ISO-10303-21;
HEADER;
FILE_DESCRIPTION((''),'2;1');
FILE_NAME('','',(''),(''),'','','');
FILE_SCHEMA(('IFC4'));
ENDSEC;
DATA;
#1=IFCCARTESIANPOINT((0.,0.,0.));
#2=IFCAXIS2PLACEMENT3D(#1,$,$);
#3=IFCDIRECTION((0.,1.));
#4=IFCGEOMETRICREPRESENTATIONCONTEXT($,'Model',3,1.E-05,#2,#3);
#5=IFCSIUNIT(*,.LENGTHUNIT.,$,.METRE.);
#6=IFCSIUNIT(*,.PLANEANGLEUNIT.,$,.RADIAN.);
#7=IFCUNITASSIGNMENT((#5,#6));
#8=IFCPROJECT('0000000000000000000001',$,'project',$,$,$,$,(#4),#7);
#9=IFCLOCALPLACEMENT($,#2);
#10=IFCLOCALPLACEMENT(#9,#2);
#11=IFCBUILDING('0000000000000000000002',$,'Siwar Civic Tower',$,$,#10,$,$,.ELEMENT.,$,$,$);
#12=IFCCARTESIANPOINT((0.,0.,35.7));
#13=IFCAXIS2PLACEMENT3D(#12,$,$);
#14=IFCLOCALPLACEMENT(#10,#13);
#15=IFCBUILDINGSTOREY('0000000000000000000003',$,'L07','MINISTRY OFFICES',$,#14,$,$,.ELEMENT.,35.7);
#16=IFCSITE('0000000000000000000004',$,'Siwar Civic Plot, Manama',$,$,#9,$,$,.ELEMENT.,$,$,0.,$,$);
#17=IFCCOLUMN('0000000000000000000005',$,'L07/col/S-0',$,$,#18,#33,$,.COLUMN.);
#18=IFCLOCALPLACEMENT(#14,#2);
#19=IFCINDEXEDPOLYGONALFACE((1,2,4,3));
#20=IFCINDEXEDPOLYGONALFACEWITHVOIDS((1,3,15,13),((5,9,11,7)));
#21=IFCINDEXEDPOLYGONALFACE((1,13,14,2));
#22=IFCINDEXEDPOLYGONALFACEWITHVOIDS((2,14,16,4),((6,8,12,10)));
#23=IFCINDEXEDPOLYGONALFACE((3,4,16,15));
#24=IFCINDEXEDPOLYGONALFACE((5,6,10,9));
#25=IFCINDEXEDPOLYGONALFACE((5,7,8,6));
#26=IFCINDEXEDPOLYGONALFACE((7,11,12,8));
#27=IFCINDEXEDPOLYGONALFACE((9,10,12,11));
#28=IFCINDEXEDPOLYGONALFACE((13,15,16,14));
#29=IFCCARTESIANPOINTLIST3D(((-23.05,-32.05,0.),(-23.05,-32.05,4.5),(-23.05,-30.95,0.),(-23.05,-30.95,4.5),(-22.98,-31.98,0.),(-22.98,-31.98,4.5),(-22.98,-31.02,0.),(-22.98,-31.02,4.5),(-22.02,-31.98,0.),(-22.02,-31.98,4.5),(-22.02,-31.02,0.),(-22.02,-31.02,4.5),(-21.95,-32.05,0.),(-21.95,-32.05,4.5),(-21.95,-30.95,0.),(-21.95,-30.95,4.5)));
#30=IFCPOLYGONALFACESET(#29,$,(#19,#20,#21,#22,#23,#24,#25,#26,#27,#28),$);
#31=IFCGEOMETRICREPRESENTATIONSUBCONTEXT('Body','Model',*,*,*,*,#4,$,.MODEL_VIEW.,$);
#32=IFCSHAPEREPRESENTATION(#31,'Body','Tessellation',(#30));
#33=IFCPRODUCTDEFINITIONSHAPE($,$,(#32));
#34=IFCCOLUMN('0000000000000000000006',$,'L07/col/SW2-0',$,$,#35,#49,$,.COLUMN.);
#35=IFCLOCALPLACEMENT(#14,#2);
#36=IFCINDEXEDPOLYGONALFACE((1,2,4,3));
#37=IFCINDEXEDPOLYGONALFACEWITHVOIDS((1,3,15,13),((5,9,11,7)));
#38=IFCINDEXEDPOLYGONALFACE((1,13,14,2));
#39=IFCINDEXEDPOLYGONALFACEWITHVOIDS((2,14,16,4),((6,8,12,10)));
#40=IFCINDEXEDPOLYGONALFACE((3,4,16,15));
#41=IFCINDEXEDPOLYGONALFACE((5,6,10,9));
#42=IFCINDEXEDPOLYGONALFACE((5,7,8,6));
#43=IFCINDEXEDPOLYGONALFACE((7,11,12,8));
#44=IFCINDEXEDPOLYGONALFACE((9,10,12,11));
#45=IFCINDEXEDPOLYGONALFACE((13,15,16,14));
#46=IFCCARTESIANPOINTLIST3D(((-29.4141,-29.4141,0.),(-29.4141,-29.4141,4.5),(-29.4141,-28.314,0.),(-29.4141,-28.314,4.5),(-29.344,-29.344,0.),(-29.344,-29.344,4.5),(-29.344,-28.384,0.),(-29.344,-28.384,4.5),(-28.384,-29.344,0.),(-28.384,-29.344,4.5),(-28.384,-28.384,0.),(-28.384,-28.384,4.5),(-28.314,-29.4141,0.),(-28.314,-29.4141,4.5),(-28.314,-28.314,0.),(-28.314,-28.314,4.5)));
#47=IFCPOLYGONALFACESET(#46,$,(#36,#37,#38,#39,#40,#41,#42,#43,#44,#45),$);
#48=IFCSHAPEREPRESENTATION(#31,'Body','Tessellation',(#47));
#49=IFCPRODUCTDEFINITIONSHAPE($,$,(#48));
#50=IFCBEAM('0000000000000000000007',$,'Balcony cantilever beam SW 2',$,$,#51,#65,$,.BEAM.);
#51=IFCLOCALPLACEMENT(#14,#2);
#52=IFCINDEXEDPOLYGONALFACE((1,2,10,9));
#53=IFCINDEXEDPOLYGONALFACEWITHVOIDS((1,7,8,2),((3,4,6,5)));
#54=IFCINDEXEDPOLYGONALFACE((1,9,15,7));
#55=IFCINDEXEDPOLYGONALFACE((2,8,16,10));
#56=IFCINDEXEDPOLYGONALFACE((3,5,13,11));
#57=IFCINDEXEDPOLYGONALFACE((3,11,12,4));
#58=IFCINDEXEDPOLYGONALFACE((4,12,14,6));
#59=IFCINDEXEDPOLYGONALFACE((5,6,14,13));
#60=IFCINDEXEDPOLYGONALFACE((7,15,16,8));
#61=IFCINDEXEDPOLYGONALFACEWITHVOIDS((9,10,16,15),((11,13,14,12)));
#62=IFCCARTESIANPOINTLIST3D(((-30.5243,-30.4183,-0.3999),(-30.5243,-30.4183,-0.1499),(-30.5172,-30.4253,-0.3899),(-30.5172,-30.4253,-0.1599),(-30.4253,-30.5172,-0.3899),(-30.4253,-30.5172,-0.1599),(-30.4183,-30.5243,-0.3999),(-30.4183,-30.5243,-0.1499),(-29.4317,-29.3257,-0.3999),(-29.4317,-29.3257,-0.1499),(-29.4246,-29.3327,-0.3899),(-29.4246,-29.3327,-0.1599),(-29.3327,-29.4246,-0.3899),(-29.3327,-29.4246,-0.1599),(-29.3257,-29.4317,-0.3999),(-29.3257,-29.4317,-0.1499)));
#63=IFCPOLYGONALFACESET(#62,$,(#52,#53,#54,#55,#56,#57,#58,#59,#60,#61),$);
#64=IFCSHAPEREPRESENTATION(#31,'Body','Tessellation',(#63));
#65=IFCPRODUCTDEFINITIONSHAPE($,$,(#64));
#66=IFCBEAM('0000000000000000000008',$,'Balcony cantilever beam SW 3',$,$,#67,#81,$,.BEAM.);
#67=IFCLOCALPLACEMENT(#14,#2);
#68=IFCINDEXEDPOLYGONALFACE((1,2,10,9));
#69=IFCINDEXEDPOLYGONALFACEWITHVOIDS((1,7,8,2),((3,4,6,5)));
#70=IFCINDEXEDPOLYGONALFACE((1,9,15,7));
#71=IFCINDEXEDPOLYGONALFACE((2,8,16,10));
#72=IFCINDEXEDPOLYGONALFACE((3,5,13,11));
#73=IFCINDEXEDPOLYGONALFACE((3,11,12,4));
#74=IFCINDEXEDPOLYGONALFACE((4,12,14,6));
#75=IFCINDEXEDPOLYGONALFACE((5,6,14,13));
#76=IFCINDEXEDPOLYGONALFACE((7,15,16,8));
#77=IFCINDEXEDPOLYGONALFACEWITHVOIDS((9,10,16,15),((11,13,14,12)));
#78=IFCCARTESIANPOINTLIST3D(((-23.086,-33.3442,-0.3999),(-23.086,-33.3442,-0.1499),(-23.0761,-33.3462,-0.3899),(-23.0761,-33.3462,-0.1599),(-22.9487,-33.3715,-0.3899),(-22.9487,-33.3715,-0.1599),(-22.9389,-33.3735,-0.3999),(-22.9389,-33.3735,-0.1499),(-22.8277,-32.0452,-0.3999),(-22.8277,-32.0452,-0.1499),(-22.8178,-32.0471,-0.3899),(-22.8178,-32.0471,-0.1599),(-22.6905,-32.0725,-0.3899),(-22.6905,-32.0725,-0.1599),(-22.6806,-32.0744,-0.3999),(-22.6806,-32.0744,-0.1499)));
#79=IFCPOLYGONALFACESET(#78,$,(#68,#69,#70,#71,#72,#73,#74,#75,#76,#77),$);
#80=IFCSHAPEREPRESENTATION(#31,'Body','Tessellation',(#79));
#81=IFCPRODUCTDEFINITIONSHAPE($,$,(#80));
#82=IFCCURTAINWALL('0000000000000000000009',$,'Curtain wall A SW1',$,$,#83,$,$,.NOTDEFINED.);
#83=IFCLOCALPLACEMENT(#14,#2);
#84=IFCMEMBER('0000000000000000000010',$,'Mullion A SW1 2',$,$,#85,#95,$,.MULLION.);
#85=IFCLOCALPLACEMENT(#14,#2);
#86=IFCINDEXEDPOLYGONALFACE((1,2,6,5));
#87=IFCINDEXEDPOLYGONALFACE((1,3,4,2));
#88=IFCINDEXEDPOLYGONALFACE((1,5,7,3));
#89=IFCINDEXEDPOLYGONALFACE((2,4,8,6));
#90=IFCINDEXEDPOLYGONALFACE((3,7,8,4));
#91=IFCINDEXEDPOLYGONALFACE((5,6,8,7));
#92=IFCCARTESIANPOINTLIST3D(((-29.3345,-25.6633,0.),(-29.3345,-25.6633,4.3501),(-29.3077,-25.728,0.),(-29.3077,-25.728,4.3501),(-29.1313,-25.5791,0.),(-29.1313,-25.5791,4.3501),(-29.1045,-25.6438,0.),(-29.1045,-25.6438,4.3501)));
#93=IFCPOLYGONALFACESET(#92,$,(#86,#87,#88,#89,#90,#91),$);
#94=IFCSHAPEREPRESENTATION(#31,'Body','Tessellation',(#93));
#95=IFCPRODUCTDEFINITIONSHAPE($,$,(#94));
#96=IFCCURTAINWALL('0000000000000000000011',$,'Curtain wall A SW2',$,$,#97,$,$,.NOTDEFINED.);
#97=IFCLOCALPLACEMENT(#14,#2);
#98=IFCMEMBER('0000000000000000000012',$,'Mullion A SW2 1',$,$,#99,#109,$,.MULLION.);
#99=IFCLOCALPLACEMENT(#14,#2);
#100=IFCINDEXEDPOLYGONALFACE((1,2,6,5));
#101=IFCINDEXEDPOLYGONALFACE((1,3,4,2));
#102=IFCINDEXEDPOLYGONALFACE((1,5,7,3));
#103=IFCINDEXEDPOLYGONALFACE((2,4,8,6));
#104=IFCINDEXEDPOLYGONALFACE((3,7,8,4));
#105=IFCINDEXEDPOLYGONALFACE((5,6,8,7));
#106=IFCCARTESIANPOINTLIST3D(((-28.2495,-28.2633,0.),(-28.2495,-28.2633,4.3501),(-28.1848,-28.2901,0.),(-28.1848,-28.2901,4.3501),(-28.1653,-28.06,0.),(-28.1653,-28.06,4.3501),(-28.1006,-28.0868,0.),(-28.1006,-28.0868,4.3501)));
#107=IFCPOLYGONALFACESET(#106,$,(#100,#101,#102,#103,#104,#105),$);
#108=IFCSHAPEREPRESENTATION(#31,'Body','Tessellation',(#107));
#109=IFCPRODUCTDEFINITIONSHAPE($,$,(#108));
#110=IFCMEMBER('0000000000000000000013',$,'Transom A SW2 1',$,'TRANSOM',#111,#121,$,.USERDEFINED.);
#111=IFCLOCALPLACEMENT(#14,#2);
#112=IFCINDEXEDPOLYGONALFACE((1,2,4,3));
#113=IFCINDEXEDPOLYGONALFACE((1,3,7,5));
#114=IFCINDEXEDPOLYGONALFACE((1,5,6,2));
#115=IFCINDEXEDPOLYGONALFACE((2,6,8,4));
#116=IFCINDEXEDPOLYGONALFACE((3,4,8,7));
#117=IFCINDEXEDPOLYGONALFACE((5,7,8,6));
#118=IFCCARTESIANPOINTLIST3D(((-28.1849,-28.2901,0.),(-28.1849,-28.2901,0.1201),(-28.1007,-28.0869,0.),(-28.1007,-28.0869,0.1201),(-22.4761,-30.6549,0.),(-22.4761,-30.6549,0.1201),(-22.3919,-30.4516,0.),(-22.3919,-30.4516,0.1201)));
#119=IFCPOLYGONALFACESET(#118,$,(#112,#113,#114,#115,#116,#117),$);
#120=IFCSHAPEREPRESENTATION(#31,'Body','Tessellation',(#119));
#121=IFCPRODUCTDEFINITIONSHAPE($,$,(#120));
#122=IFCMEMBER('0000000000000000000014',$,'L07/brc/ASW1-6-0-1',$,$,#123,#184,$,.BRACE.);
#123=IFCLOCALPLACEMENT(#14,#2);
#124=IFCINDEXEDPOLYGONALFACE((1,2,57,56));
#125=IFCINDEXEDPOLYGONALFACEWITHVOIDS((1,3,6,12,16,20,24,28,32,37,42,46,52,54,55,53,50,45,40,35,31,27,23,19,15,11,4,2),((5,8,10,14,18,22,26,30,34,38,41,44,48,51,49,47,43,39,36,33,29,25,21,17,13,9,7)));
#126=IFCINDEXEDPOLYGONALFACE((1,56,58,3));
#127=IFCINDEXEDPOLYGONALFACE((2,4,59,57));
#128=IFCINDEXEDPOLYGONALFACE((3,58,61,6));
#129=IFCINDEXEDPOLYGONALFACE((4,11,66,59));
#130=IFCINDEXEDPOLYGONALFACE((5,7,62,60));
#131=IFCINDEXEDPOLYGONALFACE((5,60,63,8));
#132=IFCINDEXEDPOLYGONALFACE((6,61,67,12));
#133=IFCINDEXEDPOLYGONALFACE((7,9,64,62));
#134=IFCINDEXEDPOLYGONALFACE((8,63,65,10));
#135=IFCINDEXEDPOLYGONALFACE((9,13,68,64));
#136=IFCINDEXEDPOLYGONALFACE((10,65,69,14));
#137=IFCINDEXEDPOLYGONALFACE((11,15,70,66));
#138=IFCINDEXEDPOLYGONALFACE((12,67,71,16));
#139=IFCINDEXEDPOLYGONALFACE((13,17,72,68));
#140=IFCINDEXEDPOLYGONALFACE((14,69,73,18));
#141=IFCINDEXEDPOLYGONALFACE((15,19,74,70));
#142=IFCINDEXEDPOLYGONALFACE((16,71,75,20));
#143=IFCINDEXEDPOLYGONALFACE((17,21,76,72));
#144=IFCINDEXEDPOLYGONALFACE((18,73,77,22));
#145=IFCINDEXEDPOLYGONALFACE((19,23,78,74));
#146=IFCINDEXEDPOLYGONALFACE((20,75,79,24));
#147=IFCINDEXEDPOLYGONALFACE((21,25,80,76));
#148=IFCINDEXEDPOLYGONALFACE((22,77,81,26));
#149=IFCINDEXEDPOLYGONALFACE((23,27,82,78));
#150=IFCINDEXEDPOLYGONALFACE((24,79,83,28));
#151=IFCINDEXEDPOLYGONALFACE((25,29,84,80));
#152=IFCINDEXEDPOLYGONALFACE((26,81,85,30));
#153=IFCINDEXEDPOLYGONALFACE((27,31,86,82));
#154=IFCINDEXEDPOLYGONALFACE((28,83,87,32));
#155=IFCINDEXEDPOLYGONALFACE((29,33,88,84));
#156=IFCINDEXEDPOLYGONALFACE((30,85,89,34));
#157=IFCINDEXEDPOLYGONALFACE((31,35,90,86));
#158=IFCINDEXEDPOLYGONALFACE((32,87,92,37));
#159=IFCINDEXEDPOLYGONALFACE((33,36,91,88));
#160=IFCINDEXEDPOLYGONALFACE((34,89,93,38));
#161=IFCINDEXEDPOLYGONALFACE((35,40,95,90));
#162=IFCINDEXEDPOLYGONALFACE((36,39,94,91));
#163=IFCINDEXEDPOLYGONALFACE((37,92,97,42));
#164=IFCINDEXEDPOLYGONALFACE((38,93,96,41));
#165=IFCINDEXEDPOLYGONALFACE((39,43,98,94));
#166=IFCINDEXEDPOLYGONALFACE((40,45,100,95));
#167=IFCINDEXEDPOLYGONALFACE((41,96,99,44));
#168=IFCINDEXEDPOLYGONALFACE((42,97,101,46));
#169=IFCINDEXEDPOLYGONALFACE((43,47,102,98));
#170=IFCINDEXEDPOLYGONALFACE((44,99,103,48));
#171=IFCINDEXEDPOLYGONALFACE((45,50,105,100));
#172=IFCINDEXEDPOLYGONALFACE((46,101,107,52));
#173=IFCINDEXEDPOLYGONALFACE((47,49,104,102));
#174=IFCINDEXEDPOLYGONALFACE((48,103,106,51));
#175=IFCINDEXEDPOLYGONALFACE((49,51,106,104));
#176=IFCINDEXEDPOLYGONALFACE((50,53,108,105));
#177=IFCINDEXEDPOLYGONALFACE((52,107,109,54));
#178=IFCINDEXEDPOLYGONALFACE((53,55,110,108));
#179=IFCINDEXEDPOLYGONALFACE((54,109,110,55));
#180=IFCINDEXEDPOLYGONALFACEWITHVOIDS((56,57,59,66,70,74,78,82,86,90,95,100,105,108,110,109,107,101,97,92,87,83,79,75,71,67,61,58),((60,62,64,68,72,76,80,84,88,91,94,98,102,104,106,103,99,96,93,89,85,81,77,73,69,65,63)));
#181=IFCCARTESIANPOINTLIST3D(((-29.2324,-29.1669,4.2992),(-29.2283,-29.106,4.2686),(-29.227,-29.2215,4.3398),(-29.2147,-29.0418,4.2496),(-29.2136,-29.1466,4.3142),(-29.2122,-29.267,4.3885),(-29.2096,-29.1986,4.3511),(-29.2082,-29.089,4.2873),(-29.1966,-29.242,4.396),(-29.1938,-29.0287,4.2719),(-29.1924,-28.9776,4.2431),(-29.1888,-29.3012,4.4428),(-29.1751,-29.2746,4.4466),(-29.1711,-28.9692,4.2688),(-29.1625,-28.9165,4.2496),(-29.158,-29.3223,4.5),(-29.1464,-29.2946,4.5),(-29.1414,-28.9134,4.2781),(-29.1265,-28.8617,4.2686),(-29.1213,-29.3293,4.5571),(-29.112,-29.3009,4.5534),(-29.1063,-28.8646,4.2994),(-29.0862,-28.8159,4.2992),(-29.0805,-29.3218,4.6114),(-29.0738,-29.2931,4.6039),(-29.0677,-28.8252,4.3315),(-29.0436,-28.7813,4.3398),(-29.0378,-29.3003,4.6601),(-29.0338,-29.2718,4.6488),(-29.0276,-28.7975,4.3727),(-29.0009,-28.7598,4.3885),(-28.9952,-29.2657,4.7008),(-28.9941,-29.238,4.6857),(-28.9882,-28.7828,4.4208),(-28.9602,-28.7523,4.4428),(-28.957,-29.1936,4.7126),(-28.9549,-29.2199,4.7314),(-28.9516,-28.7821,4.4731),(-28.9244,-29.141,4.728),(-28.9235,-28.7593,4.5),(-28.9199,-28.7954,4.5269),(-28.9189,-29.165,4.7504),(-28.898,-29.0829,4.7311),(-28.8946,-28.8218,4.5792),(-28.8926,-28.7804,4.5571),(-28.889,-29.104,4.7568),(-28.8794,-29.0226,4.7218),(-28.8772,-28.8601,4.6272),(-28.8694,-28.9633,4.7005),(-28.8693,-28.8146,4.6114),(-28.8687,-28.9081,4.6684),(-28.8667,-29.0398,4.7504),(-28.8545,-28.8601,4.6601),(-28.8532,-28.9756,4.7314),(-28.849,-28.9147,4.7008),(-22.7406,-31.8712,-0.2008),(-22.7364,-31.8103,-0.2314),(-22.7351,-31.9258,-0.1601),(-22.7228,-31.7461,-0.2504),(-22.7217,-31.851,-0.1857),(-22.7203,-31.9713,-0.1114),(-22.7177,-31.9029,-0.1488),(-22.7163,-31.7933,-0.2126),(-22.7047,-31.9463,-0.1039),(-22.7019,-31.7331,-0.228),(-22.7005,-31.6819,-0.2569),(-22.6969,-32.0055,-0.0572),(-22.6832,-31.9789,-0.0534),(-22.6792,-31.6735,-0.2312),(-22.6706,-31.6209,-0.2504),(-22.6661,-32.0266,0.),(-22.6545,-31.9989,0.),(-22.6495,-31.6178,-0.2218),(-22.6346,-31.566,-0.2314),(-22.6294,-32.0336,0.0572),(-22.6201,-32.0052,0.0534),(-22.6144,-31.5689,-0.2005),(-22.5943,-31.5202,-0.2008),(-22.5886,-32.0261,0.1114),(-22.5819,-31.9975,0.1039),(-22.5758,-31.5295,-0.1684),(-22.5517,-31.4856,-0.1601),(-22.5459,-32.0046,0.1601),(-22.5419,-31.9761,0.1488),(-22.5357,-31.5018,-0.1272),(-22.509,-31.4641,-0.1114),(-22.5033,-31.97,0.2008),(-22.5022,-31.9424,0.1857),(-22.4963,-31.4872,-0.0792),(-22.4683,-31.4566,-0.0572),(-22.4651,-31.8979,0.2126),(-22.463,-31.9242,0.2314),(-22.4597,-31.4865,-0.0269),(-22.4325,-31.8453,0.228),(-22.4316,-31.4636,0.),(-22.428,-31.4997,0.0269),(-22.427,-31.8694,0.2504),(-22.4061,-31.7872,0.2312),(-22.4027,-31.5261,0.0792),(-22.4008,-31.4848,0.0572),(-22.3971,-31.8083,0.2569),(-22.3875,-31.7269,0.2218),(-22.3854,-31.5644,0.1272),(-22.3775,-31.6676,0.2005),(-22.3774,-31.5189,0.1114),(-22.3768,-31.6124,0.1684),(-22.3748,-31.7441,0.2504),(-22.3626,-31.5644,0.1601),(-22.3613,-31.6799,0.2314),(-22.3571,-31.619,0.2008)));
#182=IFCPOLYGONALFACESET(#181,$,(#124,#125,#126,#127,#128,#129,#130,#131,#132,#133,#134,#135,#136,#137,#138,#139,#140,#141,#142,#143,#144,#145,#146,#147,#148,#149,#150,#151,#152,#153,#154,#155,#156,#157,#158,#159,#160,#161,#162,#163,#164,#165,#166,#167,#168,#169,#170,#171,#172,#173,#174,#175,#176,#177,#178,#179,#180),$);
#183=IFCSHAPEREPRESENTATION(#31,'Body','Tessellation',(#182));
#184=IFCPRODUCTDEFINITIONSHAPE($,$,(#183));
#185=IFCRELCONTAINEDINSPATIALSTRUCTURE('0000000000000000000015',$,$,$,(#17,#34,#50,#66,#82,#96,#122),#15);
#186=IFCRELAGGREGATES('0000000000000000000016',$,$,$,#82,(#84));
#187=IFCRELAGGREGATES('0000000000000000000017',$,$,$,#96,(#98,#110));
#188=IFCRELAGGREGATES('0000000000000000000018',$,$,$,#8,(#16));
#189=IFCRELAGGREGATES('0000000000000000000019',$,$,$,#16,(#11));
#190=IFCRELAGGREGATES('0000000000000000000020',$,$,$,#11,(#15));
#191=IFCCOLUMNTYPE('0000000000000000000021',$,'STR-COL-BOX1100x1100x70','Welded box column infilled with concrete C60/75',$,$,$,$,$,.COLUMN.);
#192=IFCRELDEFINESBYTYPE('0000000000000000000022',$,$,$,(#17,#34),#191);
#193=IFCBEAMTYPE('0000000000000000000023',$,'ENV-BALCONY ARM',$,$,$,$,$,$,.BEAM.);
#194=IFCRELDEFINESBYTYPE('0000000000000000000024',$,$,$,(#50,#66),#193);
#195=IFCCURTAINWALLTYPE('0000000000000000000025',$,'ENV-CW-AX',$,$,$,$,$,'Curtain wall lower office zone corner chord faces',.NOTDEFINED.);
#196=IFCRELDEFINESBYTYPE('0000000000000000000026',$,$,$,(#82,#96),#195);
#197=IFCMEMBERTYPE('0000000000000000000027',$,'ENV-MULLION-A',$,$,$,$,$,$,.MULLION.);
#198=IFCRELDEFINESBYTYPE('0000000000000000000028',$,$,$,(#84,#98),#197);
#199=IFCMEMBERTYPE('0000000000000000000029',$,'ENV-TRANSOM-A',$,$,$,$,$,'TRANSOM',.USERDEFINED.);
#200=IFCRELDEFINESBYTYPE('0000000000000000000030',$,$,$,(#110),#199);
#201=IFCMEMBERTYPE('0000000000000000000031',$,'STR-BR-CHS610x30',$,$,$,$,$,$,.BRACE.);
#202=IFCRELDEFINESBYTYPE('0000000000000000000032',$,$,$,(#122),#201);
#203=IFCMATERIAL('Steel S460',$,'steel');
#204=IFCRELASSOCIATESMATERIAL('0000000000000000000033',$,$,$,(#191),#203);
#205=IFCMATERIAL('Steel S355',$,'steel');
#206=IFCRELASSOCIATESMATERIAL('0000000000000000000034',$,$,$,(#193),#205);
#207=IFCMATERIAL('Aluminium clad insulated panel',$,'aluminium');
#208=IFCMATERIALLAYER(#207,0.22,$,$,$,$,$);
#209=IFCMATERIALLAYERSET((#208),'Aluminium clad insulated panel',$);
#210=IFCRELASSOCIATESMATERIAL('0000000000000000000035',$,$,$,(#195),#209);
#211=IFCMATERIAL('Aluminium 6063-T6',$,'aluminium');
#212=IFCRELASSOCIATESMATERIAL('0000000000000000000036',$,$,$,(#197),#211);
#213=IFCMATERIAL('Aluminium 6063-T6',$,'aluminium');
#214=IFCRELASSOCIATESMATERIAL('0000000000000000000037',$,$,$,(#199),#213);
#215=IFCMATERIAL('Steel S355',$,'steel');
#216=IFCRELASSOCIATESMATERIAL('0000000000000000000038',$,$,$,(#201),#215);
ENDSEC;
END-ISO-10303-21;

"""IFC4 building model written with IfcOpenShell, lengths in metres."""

from ifc_helpers import new_model, si_unit, direction, frame, origin, origin_2d, place, context, subcontext, project, spatial, rectangle, hollow_rectangle, hollow_circle, extrude, material, layer, layer_set, material_profile, profile_set, type_object, element, aggregate, save


model = new_model("IFC4")

# Units and contexts
model_context = context("Model", 3, precision=1e-05, world=origin(), true_north=direction((0.0, 1.0)))
body_context = subcontext(model_context, "Body", "Model", "MODEL_VIEW")
ifc_project = project(units=[si_unit("LENGTHUNIT", "METRE"), si_unit("PLANEANGLEUNIT", "RADIAN")], contexts=[model_context])

# Site, building, storey
site_placement = place(None, origin())
site = spatial("IfcSite", under=ifc_project, at=site_placement, Name="Siwar Civic Plot, Manama", CompositionType="ELEMENT", RefElevation=0.0)
building_placement = place(site_placement, origin())
building = spatial("IfcBuilding", under=site, at=building_placement, Name="Siwar Civic Tower", CompositionType="ELEMENT")
storey_placement = place(building_placement, frame((0.0, 0.0, 35.7)))
storey = spatial("IfcBuildingStorey", under=building, at=storey_placement, Name="L07", Description="MINISTRY OFFICES", CompositionType="ELEMENT", Elevation=35.7)

# Columns
ifc_material_1 = material(Name="Steel S460", Category="steel")
ifc_material_profile_1 = material_profile(ifc_material_1, hollow_rectangle(XDim=1.1001, YDim=1.1001, WallThickness=0.0701, at=origin_2d()), Name="BOX1100x1100x70")
ifc_profile_set_1 = profile_set([ifc_material_profile_1], Name="Steel S460")
column_type = type_object("IfcColumnType", Name="STR-COL-BOX1100x1100x70", Description="Welded box column infilled with concrete C60/75", PredefinedType="COLUMN", material=ifc_profile_set_1)
for number, where, z_axis, x_axis, name in (
    (1, (-22.5, -31.5, 0.0), (0.0, 0.0, 1.0), (1.0, 0.0, 0.0), "L07/col/S-0"),
    (2, (-28.864, -28.864, 0.0), (0.0, 0.0, 1.0), (1.0, 0.0, 0.0), "L07/col/SW2-0"),
):
    element("IfcColumn", number, at=place(storey_placement, frame(where, z_axis=z_axis, x_axis=x_axis)), inside=storey, type_object=column_type, Name=name, PredefinedType="COLUMN", context=body_context, shape_type="SweptSolid", body=[
        extrude(hollow_rectangle(XDim=1.1001, YDim=1.1001, WallThickness=0.0701, at=origin_2d()), origin(), (0.0, 0.0, 1.0), 4.5),
    ])

# Beams
ifc_material_2 = material(Name="Steel S355", Category="steel")
ifc_material_profile_2 = material_profile(ifc_material_2, hollow_rectangle(XDim=0.1499, YDim=0.25, WallThickness=0.01, at=origin_2d()), Name="RHS250x150x10")
ifc_profile_set_2 = profile_set([ifc_material_profile_2], Name="Steel S355")
beam_type_1 = type_object("IfcBeamType", Name="ENV-BALCONY ARM", PredefinedType="BEAM", material=ifc_profile_set_2)
beam_1_placement = place(storey_placement, frame((-29.3787, -29.3787, -0.2749), z_axis=(-0.707107, -0.707107, 0.0), x_axis=(0.707107, -0.707107, 0.0)))
element("IfcBeam", 3, at=beam_1_placement, inside=storey, type_object=beam_type_1, Name="Balcony cantilever beam SW 2", PredefinedType="BEAM", context=body_context, shape_type="SweptSolid", body=[
    extrude(hollow_rectangle(XDim=0.1499, YDim=0.25, WallThickness=0.01, at=origin_2d()), origin(), (0.0, 0.0, 1.0), 1.5452),
])
beam_2_placement = place(storey_placement, frame((-22.7542, -32.0598, -0.2749), z_axis=(-0.195017, -0.9808, 0.0), x_axis=(0.9808, -0.195017, 0.0)))
element("IfcBeam", 4, at=beam_2_placement, inside=storey, type_object=beam_type_1, Name="Balcony cantilever beam SW 3", PredefinedType="BEAM", context=body_context, shape_type="SweptSolid", body=[
    extrude(hollow_rectangle(XDim=0.1499, YDim=0.25, WallThickness=0.01, at=origin_2d()), origin(), (0.0, 0.0, 1.0), 1.3245),
])

# Curtain wall, member
ifc_material_3 = material(Name="Aluminium clad insulated panel", Category="aluminium")
ifc_layer_1 = layer(ifc_material_3, 0.22)
ifc_layer_set_1 = layer_set([ifc_layer_1], Name="Aluminium clad insulated panel")
curtain_wall_type = type_object("IfcCurtainWallType", Name="ENV-CW-AX", ElementType="Curtain wall lower office zone corner chord faces", PredefinedType="NOTDEFINED", material=ifc_layer_set_1)
curtain_wall_1_placement = place(storey_placement, origin())
curtain_wall_1 = element("IfcCurtainWall", 5, at=curtain_wall_1_placement, inside=storey, type_object=curtain_wall_type, Name="Curtain wall A SW1", PredefinedType="NOTDEFINED")
ifc_material_4 = material(Name="Aluminium 6063-T6", Category="aluminium")
ifc_material_profile_3 = material_profile(ifc_material_4, rectangle(XDim=0.22, YDim=0.0701, at=origin_2d()), Name="AL 220x70")
ifc_profile_set_3 = profile_set([ifc_material_profile_3], Name="Aluminium 6063-T6")
member_type_1 = type_object("IfcMemberType", Name="ENV-MULLION-A", PredefinedType="MULLION", material=ifc_profile_set_3)
member_1_placement = place(storey_placement, frame((-29.2195, -25.6536, 0.0), z_axis=(0.0, 0.0, 1.0), x_axis=(0.92388, 0.382683, 0.0)))
member_1 = element("IfcMember", 6, at=member_1_placement, type_object=member_type_1, Name="Mullion A SW1 2", PredefinedType="MULLION", context=body_context, shape_type="SweptSolid", body=[
    extrude(rectangle(XDim=0.22, YDim=0.0701, at=origin_2d()), origin(), (0.0, 0.0, 1.0), 4.3501),
])
aggregate(curtain_wall_1, [member_1])

# Curtain wall, members
curtain_wall_2_placement = place(storey_placement, origin())
curtain_wall_2 = element("IfcCurtainWall", 7, at=curtain_wall_2_placement, inside=storey, type_object=curtain_wall_type, Name="Curtain wall A SW2", PredefinedType="NOTDEFINED")
member_2_placement = place(storey_placement, frame((-28.175, -28.175, 0.0), z_axis=(0.0, 0.0, 1.0), x_axis=(0.382683, 0.92388, 0.0)))
member_2 = element("IfcMember", 8, at=member_2_placement, type_object=member_type_1, Name="Mullion A SW2 1", PredefinedType="MULLION", context=body_context, shape_type="SweptSolid", body=[
    extrude(rectangle(XDim=0.22, YDim=0.0701, at=origin_2d()), origin(), (0.0, 0.0, 1.0), 4.3501),
])
ifc_material_5 = material(Name="Aluminium 6063-T6", Category="aluminium")
ifc_material_profile_4 = material_profile(ifc_material_5, rectangle(XDim=0.22, YDim=0.1201, at=origin_2d()), Name="AL 220x120")
ifc_profile_set_4 = profile_set([ifc_material_profile_4], Name="Aluminium 6063-T6")
member_type_2 = type_object("IfcMemberType", Name="ENV-TRANSOM-A", ElementType="TRANSOM", PredefinedType="USERDEFINED", material=ifc_profile_set_4)
member_3_placement = place(storey_placement, frame((-28.1428, -28.1885, 0.0601), z_axis=(0.923873, -0.382698, 0.0), x_axis=(0.382698, 0.923873, 0.0)))
member_3 = element("IfcMember", 9, at=member_3_placement, type_object=member_type_2, Name="Transom A SW2 1", ObjectType="TRANSOM", PredefinedType="USERDEFINED", context=body_context, shape_type="SweptSolid", body=[
    extrude(rectangle(XDim=0.22, YDim=0.1201, at=origin_2d()), origin(), (0.0, 0.0, 1.0), 6.1792),
])

# Member
ifc_material_6 = material(Name="Steel S355", Category="steel")
ifc_material_profile_5 = material_profile(ifc_material_6, hollow_circle(Radius=0.3049, WallThickness=0.03, at=origin_2d()), Name="CHS610x30")
ifc_profile_set_5 = profile_set([ifc_material_profile_5], Name="Steel S355")
member_type_3 = type_object("IfcMemberType", Name="STR-BR-CHS610x30", PredefinedType="BRACE", material=ifc_profile_set_5)
member_4_placement = place(storey_placement, frame((-22.5488, -31.7451, 0.0), z_axis=(-0.777555, 0.323906, 0.538975), x_axis=(-0.384539, -0.923109, 0.0)))
element("IfcMember", 10, at=member_4_placement, inside=storey, type_object=member_type_3, Name="L07/brc/ASW1-6-0-1", PredefinedType="BRACE", context=body_context, shape_type="SweptSolid", body=[
    extrude(hollow_circle(Radius=0.3049, WallThickness=0.03, at=origin_2d()), origin(), (0.0, 0.0, 1.0), 8.3491),
])

aggregate(curtain_wall_2, [member_2, member_3])

save(model, "model.ifc")
